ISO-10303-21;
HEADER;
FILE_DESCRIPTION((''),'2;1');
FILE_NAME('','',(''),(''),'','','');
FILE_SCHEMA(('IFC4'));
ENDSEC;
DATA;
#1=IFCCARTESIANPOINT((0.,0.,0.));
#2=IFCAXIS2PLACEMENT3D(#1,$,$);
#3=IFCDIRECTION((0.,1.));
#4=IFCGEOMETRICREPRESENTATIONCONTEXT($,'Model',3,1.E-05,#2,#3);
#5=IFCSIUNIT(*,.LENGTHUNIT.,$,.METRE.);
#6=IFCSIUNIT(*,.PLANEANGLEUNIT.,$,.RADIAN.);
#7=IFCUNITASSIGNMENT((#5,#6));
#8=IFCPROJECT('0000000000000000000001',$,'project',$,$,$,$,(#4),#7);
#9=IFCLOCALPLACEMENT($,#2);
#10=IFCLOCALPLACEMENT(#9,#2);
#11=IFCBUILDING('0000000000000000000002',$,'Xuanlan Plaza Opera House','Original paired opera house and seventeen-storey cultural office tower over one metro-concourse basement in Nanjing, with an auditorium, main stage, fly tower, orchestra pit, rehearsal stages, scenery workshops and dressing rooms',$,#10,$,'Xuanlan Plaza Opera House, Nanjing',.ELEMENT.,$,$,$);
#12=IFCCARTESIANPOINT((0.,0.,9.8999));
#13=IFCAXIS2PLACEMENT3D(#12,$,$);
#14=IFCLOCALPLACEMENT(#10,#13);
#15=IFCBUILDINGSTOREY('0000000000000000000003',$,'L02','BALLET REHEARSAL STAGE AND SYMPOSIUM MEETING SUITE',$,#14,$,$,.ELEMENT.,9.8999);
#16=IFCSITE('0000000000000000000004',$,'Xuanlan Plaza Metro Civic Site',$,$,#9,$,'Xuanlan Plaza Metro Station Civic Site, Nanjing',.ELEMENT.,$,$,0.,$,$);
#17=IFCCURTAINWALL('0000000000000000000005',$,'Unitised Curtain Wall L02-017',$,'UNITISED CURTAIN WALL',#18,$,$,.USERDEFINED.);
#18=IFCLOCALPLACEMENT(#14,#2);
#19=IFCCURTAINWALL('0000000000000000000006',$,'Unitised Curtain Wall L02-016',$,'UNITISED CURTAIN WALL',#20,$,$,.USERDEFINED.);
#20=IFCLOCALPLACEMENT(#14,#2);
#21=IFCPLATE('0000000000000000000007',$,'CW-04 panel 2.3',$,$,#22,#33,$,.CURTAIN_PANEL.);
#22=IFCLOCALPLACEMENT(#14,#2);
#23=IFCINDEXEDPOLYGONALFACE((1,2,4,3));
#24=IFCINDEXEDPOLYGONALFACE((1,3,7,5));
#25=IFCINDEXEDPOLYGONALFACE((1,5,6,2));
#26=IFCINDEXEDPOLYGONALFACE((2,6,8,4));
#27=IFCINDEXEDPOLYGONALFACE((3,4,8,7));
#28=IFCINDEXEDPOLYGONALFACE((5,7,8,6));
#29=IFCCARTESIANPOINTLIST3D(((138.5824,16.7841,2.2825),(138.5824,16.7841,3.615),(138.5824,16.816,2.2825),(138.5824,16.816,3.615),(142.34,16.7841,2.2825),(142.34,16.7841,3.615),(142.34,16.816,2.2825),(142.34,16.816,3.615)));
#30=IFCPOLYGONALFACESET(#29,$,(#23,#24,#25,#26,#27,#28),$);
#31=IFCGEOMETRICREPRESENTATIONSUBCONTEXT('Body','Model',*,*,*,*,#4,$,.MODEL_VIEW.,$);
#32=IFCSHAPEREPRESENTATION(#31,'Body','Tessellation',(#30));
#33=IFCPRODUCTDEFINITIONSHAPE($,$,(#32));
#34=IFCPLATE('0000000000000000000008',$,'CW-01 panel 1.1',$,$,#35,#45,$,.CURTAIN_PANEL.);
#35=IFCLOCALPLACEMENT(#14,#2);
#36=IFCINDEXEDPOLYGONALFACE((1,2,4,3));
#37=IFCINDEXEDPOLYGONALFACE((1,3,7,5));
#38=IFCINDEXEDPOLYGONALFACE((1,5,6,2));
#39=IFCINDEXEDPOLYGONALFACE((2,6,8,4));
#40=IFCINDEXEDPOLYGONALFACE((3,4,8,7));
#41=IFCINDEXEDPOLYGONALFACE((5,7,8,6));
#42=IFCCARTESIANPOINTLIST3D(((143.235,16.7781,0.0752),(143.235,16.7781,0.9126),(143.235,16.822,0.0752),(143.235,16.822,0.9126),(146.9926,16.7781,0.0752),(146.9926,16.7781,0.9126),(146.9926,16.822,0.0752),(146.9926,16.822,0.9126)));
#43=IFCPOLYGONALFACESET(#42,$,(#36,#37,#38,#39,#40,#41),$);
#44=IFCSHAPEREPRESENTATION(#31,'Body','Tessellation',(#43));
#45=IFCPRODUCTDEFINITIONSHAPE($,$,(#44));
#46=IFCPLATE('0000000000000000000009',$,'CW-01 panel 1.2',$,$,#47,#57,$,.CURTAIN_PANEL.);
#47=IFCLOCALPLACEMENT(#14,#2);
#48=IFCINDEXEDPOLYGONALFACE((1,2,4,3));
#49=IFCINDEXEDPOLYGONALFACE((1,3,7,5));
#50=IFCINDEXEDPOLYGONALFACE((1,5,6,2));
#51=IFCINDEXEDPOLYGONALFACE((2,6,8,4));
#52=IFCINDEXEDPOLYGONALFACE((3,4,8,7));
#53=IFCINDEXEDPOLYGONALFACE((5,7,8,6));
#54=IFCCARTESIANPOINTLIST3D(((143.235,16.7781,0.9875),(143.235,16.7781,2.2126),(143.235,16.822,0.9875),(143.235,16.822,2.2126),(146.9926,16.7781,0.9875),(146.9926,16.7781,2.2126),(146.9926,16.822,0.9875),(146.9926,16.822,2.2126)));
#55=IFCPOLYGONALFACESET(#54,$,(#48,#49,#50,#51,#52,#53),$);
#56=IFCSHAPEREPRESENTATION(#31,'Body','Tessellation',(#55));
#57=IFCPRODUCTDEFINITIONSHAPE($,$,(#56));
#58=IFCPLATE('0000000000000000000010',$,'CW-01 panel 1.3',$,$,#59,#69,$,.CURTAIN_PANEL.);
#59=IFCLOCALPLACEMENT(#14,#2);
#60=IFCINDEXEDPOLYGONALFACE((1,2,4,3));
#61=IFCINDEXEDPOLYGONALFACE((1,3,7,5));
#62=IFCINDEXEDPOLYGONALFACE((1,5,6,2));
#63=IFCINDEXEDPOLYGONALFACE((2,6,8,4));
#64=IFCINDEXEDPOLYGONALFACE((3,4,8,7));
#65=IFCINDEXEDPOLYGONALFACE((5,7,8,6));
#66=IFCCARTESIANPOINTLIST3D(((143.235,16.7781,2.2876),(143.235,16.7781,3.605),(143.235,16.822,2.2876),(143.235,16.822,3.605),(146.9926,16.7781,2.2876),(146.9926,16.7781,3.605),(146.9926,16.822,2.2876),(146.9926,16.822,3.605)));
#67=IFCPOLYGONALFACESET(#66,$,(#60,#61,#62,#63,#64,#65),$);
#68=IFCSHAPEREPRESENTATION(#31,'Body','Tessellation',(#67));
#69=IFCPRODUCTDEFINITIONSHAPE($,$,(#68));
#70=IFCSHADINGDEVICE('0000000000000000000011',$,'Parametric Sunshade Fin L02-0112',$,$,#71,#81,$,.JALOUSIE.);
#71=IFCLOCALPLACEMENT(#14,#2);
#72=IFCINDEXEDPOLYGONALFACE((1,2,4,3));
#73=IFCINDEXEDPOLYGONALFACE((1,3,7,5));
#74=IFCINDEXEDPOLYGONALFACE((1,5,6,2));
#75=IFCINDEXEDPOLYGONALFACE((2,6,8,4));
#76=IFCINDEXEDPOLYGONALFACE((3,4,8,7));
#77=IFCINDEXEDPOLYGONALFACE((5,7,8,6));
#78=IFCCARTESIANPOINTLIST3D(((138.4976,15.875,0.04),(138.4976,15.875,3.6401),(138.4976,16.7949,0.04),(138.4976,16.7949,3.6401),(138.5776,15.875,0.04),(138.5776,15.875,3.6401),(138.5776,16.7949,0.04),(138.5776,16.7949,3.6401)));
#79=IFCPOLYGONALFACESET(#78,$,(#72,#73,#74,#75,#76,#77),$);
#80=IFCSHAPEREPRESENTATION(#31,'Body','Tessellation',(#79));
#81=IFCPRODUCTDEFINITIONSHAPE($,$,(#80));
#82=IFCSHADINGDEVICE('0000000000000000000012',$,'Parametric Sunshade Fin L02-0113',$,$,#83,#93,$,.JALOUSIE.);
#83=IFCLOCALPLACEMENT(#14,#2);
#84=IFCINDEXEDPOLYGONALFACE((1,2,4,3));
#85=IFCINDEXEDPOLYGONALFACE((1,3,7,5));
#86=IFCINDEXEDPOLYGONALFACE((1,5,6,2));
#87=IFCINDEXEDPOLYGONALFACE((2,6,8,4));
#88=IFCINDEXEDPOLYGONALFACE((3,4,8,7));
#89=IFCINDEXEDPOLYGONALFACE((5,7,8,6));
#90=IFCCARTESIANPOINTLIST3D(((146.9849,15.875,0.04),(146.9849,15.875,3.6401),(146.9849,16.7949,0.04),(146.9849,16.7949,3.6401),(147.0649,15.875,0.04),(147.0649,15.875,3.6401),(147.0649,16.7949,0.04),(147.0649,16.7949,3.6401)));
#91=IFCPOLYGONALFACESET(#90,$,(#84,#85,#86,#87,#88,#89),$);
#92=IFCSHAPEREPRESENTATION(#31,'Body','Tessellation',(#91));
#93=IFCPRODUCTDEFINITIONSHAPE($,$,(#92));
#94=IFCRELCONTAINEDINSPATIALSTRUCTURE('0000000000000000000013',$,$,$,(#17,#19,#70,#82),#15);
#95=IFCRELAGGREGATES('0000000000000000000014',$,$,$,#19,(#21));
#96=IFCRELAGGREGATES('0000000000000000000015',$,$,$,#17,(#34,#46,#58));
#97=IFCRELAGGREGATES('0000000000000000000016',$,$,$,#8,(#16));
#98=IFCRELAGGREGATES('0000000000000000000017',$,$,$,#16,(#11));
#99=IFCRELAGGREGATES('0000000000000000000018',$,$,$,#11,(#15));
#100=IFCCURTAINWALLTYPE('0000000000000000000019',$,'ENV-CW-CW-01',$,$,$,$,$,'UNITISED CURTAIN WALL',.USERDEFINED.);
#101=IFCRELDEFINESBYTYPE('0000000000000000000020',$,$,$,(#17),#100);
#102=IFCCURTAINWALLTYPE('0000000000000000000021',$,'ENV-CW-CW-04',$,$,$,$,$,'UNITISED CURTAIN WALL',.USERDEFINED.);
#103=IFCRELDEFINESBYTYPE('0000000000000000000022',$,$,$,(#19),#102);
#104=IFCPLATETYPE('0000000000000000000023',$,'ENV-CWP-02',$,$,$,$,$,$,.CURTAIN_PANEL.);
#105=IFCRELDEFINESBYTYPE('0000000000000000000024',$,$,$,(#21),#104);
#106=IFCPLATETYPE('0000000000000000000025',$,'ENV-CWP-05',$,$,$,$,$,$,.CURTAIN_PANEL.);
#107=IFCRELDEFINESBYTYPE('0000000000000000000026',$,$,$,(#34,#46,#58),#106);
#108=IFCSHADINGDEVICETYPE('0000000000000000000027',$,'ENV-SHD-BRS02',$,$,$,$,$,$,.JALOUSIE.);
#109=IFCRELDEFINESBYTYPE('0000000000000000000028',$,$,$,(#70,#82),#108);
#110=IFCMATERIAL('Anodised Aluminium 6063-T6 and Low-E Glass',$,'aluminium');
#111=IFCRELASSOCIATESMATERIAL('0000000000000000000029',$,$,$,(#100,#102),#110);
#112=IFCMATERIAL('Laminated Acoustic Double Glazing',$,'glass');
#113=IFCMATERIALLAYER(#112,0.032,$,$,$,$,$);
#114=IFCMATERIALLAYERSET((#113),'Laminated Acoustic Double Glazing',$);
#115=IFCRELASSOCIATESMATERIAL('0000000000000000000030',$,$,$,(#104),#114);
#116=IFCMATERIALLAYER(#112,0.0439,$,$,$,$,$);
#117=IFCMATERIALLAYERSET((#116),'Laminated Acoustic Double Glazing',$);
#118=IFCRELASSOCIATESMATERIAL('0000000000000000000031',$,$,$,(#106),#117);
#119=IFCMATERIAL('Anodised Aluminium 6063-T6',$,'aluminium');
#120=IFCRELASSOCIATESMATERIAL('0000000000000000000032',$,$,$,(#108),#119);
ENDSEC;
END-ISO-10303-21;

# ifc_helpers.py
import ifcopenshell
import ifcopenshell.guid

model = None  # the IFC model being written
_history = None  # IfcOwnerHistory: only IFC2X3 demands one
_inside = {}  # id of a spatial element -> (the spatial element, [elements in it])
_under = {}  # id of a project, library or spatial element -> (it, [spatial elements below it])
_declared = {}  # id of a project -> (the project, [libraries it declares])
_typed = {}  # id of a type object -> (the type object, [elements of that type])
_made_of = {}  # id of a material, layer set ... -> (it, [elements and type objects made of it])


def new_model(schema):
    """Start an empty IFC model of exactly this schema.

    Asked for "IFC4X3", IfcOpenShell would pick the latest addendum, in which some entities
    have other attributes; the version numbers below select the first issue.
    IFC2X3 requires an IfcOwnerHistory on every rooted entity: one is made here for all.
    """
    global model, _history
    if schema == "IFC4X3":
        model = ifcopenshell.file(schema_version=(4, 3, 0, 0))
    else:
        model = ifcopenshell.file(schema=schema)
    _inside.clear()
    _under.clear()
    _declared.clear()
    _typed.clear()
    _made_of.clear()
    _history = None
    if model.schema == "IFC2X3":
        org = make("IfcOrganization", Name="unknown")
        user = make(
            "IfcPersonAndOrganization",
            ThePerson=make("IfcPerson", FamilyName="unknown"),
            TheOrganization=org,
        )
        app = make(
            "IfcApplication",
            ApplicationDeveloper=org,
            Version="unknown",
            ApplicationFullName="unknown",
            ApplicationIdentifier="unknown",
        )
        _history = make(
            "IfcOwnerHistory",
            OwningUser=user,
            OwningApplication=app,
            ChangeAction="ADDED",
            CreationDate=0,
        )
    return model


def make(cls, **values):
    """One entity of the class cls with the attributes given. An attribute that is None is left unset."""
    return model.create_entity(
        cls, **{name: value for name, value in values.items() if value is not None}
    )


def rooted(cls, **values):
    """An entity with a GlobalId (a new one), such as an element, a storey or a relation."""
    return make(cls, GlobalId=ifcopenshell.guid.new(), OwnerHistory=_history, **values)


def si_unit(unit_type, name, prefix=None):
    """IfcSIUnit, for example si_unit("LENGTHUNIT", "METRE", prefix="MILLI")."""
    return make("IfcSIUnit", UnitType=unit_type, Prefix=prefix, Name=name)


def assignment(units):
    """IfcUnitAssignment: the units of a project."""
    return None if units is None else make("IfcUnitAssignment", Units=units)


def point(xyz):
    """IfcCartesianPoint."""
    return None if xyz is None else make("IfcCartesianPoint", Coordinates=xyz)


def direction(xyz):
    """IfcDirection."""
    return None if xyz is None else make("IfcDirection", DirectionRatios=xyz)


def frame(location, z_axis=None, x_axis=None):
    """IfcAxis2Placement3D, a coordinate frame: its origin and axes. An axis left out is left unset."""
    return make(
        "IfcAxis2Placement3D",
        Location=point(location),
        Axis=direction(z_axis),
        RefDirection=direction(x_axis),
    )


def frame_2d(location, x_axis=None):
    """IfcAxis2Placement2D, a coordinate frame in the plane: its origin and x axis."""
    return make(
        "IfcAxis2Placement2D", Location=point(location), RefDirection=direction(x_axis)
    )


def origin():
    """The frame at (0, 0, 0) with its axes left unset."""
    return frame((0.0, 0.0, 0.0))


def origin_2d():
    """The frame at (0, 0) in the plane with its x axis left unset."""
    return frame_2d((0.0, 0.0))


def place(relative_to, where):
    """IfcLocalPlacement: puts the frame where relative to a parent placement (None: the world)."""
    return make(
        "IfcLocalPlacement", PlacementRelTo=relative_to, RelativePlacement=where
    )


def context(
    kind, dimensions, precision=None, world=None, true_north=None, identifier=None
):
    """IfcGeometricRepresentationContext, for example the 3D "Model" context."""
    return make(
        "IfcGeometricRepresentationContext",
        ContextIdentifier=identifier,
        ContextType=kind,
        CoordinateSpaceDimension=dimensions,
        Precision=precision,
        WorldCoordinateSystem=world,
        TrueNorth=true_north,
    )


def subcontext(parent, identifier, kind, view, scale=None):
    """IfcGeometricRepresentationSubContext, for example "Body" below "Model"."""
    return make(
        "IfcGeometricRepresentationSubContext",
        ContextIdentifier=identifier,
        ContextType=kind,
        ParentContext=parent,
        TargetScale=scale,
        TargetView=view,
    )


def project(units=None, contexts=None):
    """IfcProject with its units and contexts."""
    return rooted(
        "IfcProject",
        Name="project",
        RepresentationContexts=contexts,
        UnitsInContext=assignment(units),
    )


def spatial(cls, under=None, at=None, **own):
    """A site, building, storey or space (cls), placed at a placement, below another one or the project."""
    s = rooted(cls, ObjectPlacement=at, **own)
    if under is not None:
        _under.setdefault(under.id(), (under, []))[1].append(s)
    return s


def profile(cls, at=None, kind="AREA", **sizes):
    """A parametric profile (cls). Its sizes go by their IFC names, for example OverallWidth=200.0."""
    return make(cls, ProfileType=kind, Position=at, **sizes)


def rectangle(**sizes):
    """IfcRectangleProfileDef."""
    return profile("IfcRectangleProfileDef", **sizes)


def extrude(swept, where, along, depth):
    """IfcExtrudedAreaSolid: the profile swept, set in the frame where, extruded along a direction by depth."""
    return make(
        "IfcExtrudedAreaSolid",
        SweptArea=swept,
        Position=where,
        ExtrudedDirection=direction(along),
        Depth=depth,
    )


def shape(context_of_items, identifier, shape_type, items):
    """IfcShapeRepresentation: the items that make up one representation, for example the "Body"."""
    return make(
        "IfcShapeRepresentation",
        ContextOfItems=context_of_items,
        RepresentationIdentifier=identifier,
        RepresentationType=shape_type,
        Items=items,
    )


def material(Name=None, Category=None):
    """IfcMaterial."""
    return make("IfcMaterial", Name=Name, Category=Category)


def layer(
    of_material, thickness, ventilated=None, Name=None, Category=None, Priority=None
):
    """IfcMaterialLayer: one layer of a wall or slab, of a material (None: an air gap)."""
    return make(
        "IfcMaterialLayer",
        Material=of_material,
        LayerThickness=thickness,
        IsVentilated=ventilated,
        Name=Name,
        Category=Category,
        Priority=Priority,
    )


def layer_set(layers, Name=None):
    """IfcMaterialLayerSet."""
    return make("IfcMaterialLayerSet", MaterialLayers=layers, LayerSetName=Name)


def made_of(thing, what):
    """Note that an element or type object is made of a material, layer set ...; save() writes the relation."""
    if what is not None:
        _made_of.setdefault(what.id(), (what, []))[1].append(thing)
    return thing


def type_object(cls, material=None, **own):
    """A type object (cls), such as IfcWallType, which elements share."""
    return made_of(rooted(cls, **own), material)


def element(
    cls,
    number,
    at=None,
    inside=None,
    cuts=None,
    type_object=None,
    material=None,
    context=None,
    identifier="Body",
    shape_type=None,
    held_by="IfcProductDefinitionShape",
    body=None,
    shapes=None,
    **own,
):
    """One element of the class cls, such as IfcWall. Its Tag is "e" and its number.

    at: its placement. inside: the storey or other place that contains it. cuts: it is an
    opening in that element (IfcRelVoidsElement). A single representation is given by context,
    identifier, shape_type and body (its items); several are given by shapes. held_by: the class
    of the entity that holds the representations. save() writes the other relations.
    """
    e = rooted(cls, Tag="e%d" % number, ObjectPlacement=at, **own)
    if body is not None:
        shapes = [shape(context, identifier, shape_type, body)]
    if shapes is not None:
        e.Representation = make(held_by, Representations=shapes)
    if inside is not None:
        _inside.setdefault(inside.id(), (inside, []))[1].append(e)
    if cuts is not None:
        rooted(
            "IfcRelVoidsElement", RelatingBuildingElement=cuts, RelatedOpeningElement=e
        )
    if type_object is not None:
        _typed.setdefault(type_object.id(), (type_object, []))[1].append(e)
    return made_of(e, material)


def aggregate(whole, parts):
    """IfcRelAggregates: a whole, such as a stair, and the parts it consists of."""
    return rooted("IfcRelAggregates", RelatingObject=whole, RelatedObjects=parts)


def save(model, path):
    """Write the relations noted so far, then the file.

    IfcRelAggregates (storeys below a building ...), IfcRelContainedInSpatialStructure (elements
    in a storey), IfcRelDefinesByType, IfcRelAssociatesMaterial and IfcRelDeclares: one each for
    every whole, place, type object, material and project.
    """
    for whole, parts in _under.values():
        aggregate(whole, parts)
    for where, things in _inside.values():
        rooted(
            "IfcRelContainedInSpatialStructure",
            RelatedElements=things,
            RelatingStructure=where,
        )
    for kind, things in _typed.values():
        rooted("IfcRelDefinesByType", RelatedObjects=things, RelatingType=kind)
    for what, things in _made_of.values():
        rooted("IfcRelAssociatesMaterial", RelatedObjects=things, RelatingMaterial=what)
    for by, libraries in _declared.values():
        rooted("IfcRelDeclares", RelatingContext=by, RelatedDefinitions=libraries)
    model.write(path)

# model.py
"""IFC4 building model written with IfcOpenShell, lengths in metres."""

from ifc_helpers import new_model, si_unit, direction, frame, origin, origin_2d, place, context, subcontext, project, spatial, rectangle, extrude, material, layer, layer_set, type_object, element, aggregate, save


model = new_model("IFC4")

# Units and contexts
model_context = context("Model", 3, precision=1e-05, world=origin(), true_north=direction((0.0, 1.0)))
body_context = subcontext(model_context, "Body", "Model", "MODEL_VIEW")
ifc_project = project(units=[si_unit("LENGTHUNIT", "METRE"), si_unit("PLANEANGLEUNIT", "RADIAN")], contexts=[model_context])

# Site, building, storey
site_placement = place(None, origin())
site = spatial("IfcSite", under=ifc_project, at=site_placement, Name="Xuanlan Plaza Metro Civic Site", LongName="Xuanlan Plaza Metro Station Civic Site, Nanjing", CompositionType="ELEMENT", RefElevation=0.0)
building_placement = place(site_placement, origin())
building = spatial("IfcBuilding", under=site, at=building_placement, Name="Xuanlan Plaza Opera House", Description="Original paired opera house and seventeen-storey cultural office tower over one metro-concourse basement in Nanjing, with an auditorium, main stage, fly tower, orchestra pit, rehearsal stages, scenery workshops and dressing rooms", LongName="Xuanlan Plaza Opera House, Nanjing", CompositionType="ELEMENT")
storey_placement = place(building_placement, frame((0.0, 0.0, 9.8999)))
storey = spatial("IfcBuildingStorey", under=building, at=storey_placement, Name="L02", Description="BALLET REHEARSAL STAGE AND SYMPOSIUM MEETING SUITE", CompositionType="ELEMENT", Elevation=9.8999)

# Curtain walls
ifc_material_1 = material(Name="Anodised Aluminium 6063-T6 and Low-E Glass", Category="aluminium")
curtain_wall_type_1 = type_object("IfcCurtainWallType", Name="ENV-CW-CW-01", ElementType="UNITISED CURTAIN WALL", PredefinedType="USERDEFINED", material=ifc_material_1)
curtain_wall_1_placement = place(storey_placement, origin())
curtain_wall_1 = element("IfcCurtainWall", 1, at=curtain_wall_1_placement, inside=storey, type_object=curtain_wall_type_1, Name="Unitised Curtain Wall L02-017", ObjectType="UNITISED CURTAIN WALL", PredefinedType="USERDEFINED")
ifc_material_2 = material(Name="Anodised Aluminium 6063-T6", Category="aluminium")
curtain_wall_type_2 = type_object("IfcCurtainWallType", Name="ENV-CW-CW-04", ElementType="UNITISED CURTAIN WALL", PredefinedType="USERDEFINED", material=ifc_material_1)
curtain_wall_2_placement = place(storey_placement, origin())
curtain_wall_2 = element("IfcCurtainWall", 2, at=curtain_wall_2_placement, inside=storey, type_object=curtain_wall_type_2, Name="Unitised Curtain Wall L02-016", ObjectType="UNITISED CURTAIN WALL", PredefinedType="USERDEFINED")

# Plates
ifc_material_3 = material(Name="Laminated Acoustic Double Glazing", Category="glass")
ifc_layer_1 = layer(ifc_material_3, 0.032)
ifc_layer_set_1 = layer_set([ifc_layer_1], Name="Laminated Acoustic Double Glazing")
plate_type_1 = type_object("IfcPlateType", Name="ENV-CWP-02", PredefinedType="CURTAIN_PANEL", material=ifc_layer_set_1)
plate_1_placement = place(storey_placement, frame((140.4612, 16.8, 2.2825), z_axis=(0.0, 0.0, 1.0), x_axis=(1.0, 0.0, 0.0)))
plate_1 = element("IfcPlate", 3, at=plate_1_placement, type_object=plate_type_1, Name="CW-04 panel 2.3", PredefinedType="CURTAIN_PANEL", context=body_context, shape_type="SweptSolid", body=[
    extrude(rectangle(XDim=3.7576, YDim=0.032, at=origin_2d()), origin(), (0.0, 0.0, 1.0), 1.3325),
])
aggregate(curtain_wall_2, [plate_1])
ifc_layer_2 = layer(ifc_material_3, 0.0439)
ifc_layer_set_2 = layer_set([ifc_layer_2], Name="Laminated Acoustic Double Glazing")
plate_type_2 = type_object("IfcPlateType", Name="ENV-CWP-05", PredefinedType="CURTAIN_PANEL", material=ifc_layer_set_2)
plate_2_placement = place(storey_placement, frame((145.1138, 16.8, 0.0752), z_axis=(0.0, 0.0, 1.0), x_axis=(1.0, 0.0, 0.0)))
plate_2 = element("IfcPlate", 4, at=plate_2_placement, type_object=plate_type_2, Name="CW-01 panel 1.1", PredefinedType="CURTAIN_PANEL", context=body_context, shape_type="SweptSolid", body=[
    extrude(rectangle(XDim=3.7576, YDim=0.0439, at=origin_2d()), origin(), (0.0, 0.0, 1.0), 0.8374),
])
plate_3_placement = place(storey_placement, frame((145.1138, 16.8, 0.9875), z_axis=(0.0, 0.0, 1.0), x_axis=(1.0, 0.0, 0.0)))
plate_3 = element("IfcPlate", 5, at=plate_3_placement, type_object=plate_type_2, Name="CW-01 panel 1.2", PredefinedType="CURTAIN_PANEL", context=body_context, shape_type="SweptSolid", body=[
    extrude(rectangle(XDim=3.7576, YDim=0.0439, at=origin_2d()), origin(), (0.0, 0.0, 1.0), 1.2251),
])
plate_4_placement = place(storey_placement, frame((145.1138, 16.8, 2.2876), z_axis=(0.0, 0.0, 1.0), x_axis=(1.0, 0.0, 0.0)))
plate_4 = element("IfcPlate", 6, at=plate_4_placement, type_object=plate_type_2, Name="CW-01 panel 1.3", PredefinedType="CURTAIN_PANEL", context=body_context, shape_type="SweptSolid", body=[
    extrude(rectangle(XDim=3.7576, YDim=0.0439, at=origin_2d()), origin(), (0.0, 0.0, 1.0), 1.3174),
])
aggregate(curtain_wall_1, [plate_2, plate_3, plate_4])

# Shading devices
shading_device_type = type_object("IfcShadingDeviceType", Name="ENV-SHD-BRS02", PredefinedType="JALOUSIE", material=ifc_material_2)
for number, where, z_axis, x_axis, name in (
    (7, (138.5376, 16.335, 0.04), (0.0, 0.0, 1.0), (0.0, -1.0, 0.0), "Parametric Sunshade Fin L02-0112"),
    (8, (147.0249, 16.335, 0.04), (0.0, 0.0, 1.0), (0.0, -1.0, 0.0), "Parametric Sunshade Fin L02-0113"),
):
    element("IfcShadingDevice", number, at=place(storey_placement, frame(where, z_axis=z_axis, x_axis=x_axis)), inside=storey, type_object=shading_device_type, Name=name, PredefinedType="JALOUSIE", context=body_context, shape_type="SweptSolid", body=[
        extrude(rectangle(XDim=0.9199, YDim=0.0801, at=origin_2d()), origin(), (0.0, 0.0, 1.0), 3.6001),
    ])

save(model, "model.ifc")
